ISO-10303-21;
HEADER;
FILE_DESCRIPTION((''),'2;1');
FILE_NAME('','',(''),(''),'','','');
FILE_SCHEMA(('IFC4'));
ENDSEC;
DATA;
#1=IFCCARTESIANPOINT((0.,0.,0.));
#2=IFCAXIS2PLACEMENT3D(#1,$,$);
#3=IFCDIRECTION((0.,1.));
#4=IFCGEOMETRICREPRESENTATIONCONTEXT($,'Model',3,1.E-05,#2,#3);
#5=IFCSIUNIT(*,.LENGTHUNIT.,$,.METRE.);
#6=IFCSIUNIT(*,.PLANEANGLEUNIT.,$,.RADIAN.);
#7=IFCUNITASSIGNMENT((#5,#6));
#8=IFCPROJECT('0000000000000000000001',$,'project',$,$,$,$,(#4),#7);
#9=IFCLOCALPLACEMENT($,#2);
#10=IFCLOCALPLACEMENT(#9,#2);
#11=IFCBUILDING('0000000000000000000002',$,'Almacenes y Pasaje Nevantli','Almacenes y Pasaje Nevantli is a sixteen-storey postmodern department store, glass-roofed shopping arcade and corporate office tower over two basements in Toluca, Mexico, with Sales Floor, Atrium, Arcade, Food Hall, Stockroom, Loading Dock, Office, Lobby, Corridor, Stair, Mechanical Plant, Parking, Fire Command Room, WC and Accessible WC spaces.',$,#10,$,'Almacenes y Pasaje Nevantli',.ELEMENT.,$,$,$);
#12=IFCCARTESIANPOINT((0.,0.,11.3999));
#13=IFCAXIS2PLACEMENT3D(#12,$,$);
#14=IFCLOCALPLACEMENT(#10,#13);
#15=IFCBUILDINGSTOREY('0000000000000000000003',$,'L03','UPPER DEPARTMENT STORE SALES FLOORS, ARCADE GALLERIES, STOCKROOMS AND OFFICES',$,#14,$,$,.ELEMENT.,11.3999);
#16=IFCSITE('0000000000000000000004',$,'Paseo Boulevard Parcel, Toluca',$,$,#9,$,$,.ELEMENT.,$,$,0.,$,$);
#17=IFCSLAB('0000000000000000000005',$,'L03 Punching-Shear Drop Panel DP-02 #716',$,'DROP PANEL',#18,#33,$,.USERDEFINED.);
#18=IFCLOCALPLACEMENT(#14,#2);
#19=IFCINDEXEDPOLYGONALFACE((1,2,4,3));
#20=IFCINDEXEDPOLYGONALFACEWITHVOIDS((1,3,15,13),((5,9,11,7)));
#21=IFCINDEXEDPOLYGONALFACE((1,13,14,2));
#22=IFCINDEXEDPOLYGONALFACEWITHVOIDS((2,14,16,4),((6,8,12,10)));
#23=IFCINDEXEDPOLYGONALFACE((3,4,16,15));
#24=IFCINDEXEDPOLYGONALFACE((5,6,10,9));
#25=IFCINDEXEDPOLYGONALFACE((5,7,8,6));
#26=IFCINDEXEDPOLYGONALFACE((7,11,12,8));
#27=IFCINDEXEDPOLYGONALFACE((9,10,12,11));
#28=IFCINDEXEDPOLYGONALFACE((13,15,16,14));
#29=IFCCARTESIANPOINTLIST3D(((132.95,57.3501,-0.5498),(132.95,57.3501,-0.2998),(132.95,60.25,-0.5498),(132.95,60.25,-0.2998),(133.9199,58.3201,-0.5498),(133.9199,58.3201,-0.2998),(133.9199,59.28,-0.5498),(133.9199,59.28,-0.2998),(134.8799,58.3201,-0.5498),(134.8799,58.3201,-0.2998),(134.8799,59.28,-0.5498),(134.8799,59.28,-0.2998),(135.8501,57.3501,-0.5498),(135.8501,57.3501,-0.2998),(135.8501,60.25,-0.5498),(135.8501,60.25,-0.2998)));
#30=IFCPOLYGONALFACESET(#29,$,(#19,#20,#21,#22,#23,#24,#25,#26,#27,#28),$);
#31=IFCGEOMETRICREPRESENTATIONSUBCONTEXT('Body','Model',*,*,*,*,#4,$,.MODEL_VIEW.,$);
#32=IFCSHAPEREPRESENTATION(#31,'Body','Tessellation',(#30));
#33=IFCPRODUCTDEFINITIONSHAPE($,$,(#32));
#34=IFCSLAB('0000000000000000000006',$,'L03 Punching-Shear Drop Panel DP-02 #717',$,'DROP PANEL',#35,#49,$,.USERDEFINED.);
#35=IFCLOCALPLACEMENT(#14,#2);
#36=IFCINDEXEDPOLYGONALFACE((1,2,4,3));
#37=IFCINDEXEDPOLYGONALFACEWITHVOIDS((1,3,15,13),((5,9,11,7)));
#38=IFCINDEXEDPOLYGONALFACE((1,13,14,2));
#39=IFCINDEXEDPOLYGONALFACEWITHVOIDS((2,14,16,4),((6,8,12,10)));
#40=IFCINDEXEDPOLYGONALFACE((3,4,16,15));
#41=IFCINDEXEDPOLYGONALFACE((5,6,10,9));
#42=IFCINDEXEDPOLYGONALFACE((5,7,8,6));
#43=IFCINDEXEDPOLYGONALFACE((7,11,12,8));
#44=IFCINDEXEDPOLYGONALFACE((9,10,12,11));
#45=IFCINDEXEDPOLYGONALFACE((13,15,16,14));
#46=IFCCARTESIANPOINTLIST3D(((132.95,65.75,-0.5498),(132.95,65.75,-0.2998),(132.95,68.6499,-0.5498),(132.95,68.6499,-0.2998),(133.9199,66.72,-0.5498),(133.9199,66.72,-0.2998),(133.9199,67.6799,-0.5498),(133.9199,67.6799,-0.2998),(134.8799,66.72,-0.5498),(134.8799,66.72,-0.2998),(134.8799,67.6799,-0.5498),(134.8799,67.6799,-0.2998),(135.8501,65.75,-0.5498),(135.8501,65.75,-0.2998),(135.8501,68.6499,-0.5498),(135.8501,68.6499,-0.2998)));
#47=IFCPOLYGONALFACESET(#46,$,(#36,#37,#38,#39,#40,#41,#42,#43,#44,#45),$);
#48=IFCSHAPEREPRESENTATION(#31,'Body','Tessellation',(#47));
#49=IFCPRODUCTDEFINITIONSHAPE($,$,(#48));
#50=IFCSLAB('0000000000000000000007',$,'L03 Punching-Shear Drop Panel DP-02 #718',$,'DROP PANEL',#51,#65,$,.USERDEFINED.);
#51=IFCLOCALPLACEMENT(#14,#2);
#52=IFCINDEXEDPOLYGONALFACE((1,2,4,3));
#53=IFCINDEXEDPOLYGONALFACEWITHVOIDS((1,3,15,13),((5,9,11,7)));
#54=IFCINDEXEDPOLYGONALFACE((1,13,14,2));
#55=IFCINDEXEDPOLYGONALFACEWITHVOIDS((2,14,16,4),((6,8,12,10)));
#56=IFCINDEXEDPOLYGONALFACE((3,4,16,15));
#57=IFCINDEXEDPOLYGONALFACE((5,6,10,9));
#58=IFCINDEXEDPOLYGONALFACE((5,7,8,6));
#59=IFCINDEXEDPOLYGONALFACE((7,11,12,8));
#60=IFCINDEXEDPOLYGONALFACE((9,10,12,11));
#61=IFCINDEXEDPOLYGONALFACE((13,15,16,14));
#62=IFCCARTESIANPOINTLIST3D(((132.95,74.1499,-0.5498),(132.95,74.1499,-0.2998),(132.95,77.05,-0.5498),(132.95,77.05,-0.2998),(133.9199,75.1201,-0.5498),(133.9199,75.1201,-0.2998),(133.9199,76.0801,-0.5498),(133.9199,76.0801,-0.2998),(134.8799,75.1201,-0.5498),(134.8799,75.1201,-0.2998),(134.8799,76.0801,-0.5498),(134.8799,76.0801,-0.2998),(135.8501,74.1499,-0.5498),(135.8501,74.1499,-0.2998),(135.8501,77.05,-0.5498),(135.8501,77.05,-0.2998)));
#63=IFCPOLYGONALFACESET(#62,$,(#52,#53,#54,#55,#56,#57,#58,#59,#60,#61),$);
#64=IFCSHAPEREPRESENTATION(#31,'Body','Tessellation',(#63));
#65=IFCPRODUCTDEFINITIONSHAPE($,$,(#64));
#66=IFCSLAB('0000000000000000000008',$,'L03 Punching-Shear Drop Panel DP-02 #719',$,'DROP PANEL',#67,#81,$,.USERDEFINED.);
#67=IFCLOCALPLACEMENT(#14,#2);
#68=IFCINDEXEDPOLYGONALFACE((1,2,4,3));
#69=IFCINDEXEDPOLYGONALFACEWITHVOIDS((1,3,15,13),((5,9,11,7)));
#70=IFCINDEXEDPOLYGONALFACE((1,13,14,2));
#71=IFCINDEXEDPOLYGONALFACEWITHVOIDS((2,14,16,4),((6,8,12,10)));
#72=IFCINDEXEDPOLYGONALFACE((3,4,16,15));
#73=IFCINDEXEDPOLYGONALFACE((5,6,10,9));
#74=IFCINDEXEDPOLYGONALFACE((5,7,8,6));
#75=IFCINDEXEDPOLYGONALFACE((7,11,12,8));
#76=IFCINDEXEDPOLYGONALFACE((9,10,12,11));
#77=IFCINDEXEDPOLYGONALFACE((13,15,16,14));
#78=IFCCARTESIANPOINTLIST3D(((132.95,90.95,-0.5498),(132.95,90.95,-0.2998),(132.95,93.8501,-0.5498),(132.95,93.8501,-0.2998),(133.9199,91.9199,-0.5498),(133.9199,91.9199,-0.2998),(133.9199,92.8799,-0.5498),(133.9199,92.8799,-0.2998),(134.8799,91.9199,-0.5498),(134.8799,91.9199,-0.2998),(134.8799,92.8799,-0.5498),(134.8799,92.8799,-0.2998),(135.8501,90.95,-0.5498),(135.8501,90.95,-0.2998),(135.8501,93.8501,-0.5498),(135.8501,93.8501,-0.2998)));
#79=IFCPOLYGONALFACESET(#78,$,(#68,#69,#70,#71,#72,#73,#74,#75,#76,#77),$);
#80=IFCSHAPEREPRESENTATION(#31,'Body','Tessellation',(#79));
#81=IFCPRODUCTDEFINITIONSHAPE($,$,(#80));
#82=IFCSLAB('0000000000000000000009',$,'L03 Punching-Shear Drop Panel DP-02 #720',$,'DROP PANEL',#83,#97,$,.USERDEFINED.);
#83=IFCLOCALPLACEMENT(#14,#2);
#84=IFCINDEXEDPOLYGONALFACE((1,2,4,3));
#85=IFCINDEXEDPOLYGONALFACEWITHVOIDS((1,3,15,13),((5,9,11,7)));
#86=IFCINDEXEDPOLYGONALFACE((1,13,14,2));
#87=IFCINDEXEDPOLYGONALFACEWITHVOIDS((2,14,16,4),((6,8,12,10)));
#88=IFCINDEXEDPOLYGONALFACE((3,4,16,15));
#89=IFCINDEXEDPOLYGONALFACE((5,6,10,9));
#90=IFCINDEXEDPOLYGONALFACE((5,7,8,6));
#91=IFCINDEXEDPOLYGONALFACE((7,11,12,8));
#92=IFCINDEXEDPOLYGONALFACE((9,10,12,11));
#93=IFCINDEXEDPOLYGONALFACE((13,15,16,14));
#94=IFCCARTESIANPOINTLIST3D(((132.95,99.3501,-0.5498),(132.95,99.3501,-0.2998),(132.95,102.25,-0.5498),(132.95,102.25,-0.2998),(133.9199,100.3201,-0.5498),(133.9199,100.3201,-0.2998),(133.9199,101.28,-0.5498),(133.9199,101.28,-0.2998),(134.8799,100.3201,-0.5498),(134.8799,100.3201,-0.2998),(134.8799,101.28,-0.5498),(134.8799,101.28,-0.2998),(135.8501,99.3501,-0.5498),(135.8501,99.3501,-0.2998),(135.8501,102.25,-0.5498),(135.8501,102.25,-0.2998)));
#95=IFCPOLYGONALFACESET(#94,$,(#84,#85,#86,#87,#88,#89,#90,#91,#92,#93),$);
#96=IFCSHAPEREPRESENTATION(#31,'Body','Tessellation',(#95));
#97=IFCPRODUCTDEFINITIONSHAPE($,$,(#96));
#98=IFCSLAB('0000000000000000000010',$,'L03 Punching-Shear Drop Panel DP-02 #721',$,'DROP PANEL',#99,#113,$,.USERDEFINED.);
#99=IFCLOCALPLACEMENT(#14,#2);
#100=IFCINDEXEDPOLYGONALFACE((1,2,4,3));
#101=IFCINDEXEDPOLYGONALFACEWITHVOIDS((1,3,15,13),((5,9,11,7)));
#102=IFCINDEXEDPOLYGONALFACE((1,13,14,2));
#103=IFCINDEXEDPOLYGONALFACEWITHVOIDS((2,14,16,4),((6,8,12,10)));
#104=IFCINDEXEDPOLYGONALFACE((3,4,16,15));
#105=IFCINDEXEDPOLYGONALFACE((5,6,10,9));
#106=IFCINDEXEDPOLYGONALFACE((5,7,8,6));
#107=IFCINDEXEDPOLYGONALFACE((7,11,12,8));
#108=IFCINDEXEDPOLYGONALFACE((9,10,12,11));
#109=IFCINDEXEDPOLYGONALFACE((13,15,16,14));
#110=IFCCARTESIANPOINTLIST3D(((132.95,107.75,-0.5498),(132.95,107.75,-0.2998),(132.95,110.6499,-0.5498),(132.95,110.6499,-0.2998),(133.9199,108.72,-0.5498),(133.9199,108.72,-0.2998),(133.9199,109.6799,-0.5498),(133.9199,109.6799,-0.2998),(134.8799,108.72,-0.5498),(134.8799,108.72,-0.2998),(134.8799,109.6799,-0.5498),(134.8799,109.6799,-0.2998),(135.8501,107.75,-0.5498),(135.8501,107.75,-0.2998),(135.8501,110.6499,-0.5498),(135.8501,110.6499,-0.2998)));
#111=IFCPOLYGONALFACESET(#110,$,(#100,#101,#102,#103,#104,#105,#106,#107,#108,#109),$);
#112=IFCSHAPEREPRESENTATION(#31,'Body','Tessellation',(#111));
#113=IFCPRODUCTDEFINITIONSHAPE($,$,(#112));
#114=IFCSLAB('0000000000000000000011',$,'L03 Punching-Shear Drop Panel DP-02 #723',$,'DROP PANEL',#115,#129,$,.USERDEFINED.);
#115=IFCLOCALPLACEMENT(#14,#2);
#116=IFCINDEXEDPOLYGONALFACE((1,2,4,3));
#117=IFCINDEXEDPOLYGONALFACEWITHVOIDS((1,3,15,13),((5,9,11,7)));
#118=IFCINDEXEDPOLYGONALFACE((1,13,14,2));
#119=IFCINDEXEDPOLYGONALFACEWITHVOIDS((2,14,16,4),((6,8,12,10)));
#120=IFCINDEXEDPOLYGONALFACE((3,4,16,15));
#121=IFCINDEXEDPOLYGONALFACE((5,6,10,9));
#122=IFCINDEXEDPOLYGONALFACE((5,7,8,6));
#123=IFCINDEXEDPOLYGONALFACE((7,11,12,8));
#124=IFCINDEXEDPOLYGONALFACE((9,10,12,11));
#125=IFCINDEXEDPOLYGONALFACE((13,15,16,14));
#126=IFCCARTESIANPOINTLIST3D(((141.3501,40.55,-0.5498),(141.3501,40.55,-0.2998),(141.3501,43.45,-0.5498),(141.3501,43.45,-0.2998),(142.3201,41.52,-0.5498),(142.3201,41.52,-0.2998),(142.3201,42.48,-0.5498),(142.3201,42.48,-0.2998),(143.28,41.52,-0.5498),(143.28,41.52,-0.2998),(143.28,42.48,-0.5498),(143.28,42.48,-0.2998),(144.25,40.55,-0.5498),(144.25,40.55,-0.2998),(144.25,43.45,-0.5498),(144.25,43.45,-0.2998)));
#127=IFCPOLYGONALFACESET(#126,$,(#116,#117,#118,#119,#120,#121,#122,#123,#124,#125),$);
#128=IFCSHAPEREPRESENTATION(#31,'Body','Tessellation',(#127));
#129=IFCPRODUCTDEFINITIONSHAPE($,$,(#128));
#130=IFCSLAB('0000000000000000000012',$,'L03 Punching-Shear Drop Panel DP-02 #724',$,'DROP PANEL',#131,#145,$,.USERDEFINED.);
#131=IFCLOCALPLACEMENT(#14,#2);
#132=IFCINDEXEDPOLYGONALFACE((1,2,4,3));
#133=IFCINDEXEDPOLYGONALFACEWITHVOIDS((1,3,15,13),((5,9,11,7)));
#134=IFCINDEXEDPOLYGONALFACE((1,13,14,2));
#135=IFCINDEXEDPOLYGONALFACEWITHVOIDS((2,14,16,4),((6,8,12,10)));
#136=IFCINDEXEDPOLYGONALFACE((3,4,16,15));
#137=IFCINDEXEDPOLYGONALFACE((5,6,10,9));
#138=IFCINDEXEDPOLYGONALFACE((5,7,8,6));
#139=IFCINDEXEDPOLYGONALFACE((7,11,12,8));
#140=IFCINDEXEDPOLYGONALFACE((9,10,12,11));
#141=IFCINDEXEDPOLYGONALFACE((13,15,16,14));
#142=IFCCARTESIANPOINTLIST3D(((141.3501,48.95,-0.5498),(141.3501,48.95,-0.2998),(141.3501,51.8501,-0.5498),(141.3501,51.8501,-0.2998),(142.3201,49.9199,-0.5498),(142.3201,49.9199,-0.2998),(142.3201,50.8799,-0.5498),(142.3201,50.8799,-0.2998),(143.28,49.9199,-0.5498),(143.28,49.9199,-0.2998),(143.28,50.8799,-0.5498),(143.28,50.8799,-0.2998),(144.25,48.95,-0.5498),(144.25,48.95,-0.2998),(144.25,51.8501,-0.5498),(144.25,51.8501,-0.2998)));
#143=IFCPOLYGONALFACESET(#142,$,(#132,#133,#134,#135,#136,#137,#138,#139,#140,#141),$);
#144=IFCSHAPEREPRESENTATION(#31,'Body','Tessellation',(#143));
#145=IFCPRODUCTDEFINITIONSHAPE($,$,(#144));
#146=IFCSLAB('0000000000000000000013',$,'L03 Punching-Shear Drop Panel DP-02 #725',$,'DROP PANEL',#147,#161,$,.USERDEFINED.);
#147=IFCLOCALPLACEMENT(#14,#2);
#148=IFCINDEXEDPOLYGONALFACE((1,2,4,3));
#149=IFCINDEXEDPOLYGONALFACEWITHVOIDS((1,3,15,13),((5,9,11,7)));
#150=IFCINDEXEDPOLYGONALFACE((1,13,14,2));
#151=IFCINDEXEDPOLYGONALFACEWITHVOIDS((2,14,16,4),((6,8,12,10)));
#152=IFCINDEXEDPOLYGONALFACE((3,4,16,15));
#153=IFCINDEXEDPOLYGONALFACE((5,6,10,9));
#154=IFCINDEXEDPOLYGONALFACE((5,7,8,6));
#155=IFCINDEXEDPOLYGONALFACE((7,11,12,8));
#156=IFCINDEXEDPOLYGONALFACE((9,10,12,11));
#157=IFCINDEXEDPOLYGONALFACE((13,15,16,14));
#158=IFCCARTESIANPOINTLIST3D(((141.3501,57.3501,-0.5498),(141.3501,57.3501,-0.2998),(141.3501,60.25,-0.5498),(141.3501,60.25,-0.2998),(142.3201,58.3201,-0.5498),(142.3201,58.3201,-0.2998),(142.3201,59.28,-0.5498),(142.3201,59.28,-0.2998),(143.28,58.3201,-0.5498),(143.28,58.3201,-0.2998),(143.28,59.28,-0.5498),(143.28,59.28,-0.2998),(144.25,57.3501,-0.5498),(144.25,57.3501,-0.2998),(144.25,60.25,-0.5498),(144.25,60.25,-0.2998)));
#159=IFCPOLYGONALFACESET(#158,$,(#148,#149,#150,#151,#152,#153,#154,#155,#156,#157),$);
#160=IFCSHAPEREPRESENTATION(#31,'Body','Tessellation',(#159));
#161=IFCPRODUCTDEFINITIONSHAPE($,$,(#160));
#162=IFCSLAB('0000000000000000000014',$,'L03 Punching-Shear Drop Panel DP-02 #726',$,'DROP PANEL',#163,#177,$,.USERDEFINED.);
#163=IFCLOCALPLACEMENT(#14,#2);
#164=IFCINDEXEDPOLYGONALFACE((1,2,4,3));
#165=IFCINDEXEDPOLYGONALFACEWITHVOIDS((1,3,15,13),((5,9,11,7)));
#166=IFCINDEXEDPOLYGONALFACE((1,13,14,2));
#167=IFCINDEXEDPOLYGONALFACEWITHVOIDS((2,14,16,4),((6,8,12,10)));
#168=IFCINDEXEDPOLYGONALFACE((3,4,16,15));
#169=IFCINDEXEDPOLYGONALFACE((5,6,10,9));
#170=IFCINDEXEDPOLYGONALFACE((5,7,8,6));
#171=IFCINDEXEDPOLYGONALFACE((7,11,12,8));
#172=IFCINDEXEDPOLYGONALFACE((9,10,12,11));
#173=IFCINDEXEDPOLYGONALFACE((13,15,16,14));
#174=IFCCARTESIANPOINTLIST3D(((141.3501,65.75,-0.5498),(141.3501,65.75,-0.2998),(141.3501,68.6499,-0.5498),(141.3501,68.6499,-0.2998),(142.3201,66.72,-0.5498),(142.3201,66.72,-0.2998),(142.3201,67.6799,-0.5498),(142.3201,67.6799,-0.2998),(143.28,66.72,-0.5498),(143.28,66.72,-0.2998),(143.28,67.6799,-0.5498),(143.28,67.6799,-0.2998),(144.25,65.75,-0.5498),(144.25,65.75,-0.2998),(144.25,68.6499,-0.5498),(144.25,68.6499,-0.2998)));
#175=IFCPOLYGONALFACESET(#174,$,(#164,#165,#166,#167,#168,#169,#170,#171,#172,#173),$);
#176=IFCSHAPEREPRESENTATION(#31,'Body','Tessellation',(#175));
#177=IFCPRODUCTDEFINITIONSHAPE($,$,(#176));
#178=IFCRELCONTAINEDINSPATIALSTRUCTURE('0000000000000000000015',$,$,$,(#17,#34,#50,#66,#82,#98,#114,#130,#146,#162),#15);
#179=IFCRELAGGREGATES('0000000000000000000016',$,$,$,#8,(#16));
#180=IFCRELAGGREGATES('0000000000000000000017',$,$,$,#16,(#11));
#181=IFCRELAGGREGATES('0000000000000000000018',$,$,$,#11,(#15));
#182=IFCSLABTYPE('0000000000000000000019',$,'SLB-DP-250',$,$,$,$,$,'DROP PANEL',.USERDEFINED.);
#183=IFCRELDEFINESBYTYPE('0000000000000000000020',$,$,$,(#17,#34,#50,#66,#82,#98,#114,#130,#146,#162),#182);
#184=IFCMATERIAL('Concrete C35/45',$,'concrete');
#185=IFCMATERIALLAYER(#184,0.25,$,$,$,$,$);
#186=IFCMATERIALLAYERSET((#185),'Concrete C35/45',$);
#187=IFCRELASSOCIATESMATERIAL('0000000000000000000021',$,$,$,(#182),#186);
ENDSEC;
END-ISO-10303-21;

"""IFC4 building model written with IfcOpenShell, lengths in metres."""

from ifc_helpers import new_model, si_unit, direction, frame, origin, place, context, subcontext, project, spatial, polyline, outline, extrude, material, layer, layer_set, type_object, element, save


model = new_model("IFC4")

# Units and contexts
model_context = context("Model", 3, precision=1e-05, world=origin(), true_north=direction((0.0, 1.0)))
body_context = subcontext(model_context, "Body", "Model", "MODEL_VIEW")
ifc_project = project(units=[si_unit("LENGTHUNIT", "METRE"), si_unit("PLANEANGLEUNIT", "RADIAN")], contexts=[model_context])

# Site, building, storey
site_placement = place(None, origin())
site = spatial("IfcSite", under=ifc_project, at=site_placement, Name="Paseo Boulevard Parcel, Toluca", CompositionType="ELEMENT", RefElevation=0.0)
building_placement = place(site_placement, origin())
building = spatial("IfcBuilding", under=site, at=building_placement, Name="Almacenes y Pasaje Nevantli", Description="Almacenes y Pasaje Nevantli is a sixteen-storey postmodern department store, glass-roofed shopping arcade and corporate office tower over two basements in Toluca, Mexico, with Sales Floor, Atrium, Arcade, Food Hall, Stockroom, Loading Dock, Office, Lobby, Corridor, Stair, Mechanical Plant, Parking, Fire Command Room, WC and Accessible WC spaces.", LongName="Almacenes y Pasaje Nevantli", CompositionType="ELEMENT")
storey_placement = place(building_placement, frame((0.0, 0.0, 11.3999)))
storey = spatial("IfcBuildingStorey", under=building, at=storey_placement, Name="L03", Description="UPPER DEPARTMENT STORE SALES FLOORS, ARCADE GALLERIES, STOCKROOMS AND OFFICES", CompositionType="ELEMENT", Elevation=11.3999)

# Slabs
ifc_material_1 = material(Name="Concrete C35/45", Category="concrete")
ifc_layer_1 = layer(ifc_material_1, 0.25)
ifc_layer_set_1 = layer_set([ifc_layer_1], Name="Concrete C35/45")
slab_type_1 = type_object("IfcSlabType", Name="SLB-DP-250", ElementType="DROP PANEL", PredefinedType="USERDEFINED", material=ifc_layer_set_1)
slab_1_placement = place(storey_placement, frame((0.0, 0.0, -0.5498)))
element("IfcSlab", 1, at=slab_1_placement, inside=storey, type_object=slab_type_1, Name="L03 Punching-Shear Drop Panel DP-02 #716", ObjectType="DROP PANEL", PredefinedType="USERDEFINED", context=body_context, shape_type="SweptSolid", body=[
    extrude(outline(polyline([(132.95, 57.3501), (135.8501, 57.3501), (135.8501, 60.25), (132.95, 60.25), (132.95, 57.3501)]), holes=[polyline([(133.9199, 58.3201), (134.8799, 58.3201), (134.8799, 59.28), (133.9199, 59.28), (133.9199, 58.3201)])]), origin(), (0.0, 0.0, 1.0), 0.25),
])
slab_2_placement = place(storey_placement, frame((0.0, 0.0, -0.5498)))
element("IfcSlab", 2, at=slab_2_placement, inside=storey, type_object=slab_type_1, Name="L03 Punching-Shear Drop Panel DP-02 #717", ObjectType="DROP PANEL", PredefinedType="USERDEFINED", context=body_context, shape_type="SweptSolid", body=[
    extrude(outline(polyline([(132.95, 65.75), (135.8501, 65.75), (135.8501, 68.6499), (132.95, 68.6499), (132.95, 65.75)]), holes=[polyline([(133.9199, 66.72), (134.8799, 66.72), (134.8799, 67.6799), (133.9199, 67.6799), (133.9199, 66.72)])]), origin(), (0.0, 0.0, 1.0), 0.25),
])
slab_3_placement = place(storey_placement, frame((0.0, 0.0, -0.5498)))
element("IfcSlab", 3, at=slab_3_placement, inside=storey, type_object=slab_type_1, Name="L03 Punching-Shear Drop Panel DP-02 #718", ObjectType="DROP PANEL", PredefinedType="USERDEFINED", context=body_context, shape_type="SweptSolid", body=[
    extrude(outline(polyline([(132.95, 74.1499), (135.8501, 74.1499), (135.8501, 77.05), (132.95, 77.05), (132.95, 74.1499)]), holes=[polyline([(133.9199, 75.1201), (134.8799, 75.1201), (134.8799, 76.0801), (133.9199, 76.0801), (133.9199, 75.1201)])]), origin(), (0.0, 0.0, 1.0), 0.25),
])
slab_4_placement = place(storey_placement, frame((0.0, 0.0, -0.5498)))
element("IfcSlab", 4, at=slab_4_placement, inside=storey, type_object=slab_type_1, Name="L03 Punching-Shear Drop Panel DP-02 #719", ObjectType="DROP PANEL", PredefinedType="USERDEFINED", context=body_context, shape_type="SweptSolid", body=[
    extrude(outline(polyline([(132.95, 90.95), (135.8501, 90.95), (135.8501, 93.8501), (132.95, 93.8501), (132.95, 90.95)]), holes=[polyline([(133.9199, 91.9199), (134.8799, 91.9199), (134.8799, 92.8799), (133.9199, 92.8799), (133.9199, 91.9199)])]), origin(), (0.0, 0.0, 1.0), 0.25),
])
slab_5_placement = place(storey_placement, frame((0.0, 0.0, -0.5498)))
element("IfcSlab", 5, at=slab_5_placement, inside=storey, type_object=slab_type_1, Name="L03 Punching-Shear Drop Panel DP-02 #720", ObjectType="DROP PANEL", PredefinedType="USERDEFINED", context=body_context, shape_type="SweptSolid", body=[
    extrude(outline(polyline([(132.95, 99.3501), (135.8501, 99.3501), (135.8501, 102.25), (132.95, 102.25), (132.95, 99.3501)]), holes=[polyline([(133.9199, 100.3201), (134.8799, 100.3201), (134.8799, 101.28), (133.9199, 101.28), (133.9199, 100.3201)])]), origin(), (0.0, 0.0, 1.0), 0.25),
])
slab_6_placement = place(storey_placement, frame((0.0, 0.0, -0.5498)))
element("IfcSlab", 6, at=slab_6_placement, inside=storey, type_object=slab_type_1, Name="L03 Punching-Shear Drop Panel DP-02 #721", ObjectType="DROP PANEL", PredefinedType="USERDEFINED", context=body_context, shape_type="SweptSolid", body=[
    extrude(outline(polyline([(132.95, 107.75), (135.8501, 107.75), (135.8501, 110.6499), (132.95, 110.6499), (132.95, 107.75)]), holes=[polyline([(133.9199, 108.72), (134.8799, 108.72), (134.8799, 109.6799), (133.9199, 109.6799), (133.9199, 108.72)])]), origin(), (0.0, 0.0, 1.0), 0.25),
])
slab_7_placement = place(storey_placement, frame((0.0, 0.0, -0.5498)))
element("IfcSlab", 7, at=slab_7_placement, inside=storey, type_object=slab_type_1, Name="L03 Punching-Shear Drop Panel DP-02 #723", ObjectType="DROP PANEL", PredefinedType="USERDEFINED", context=body_context, shape_type="SweptSolid", body=[
    extrude(outline(polyline([(141.3501, 40.55), (144.25, 40.55), (144.25, 43.45), (141.3501, 43.45), (141.3501, 40.55)]), holes=[polyline([(142.3201, 41.52), (143.28, 41.52), (143.28, 42.48), (142.3201, 42.48), (142.3201, 41.52)])]), origin(), (0.0, 0.0, 1.0), 0.25),
])
slab_8_placement = place(storey_placement, frame((0.0, 0.0, -0.5498)))
element("IfcSlab", 8, at=slab_8_placement, inside=storey, type_object=slab_type_1, Name="L03 Punching-Shear Drop Panel DP-02 #724", ObjectType="DROP PANEL", PredefinedType="USERDEFINED", context=body_context, shape_type="SweptSolid", body=[
    extrude(outline(polyline([(141.3501, 48.95), (144.25, 48.95), (144.25, 51.8501), (141.3501, 51.8501), (141.3501, 48.95)]), holes=[polyline([(142.3201, 49.9199), (143.28, 49.9199), (143.28, 50.8799), (142.3201, 50.8799), (142.3201, 49.9199)])]), origin(), (0.0, 0.0, 1.0), 0.25),
])
slab_9_placement = place(storey_placement, frame((0.0, 0.0, -0.5498)))
element("IfcSlab", 9, at=slab_9_placement, inside=storey, type_object=slab_type_1, Name="L03 Punching-Shear Drop Panel DP-02 #725", ObjectType="DROP PANEL", PredefinedType="USERDEFINED", context=body_context, shape_type="SweptSolid", body=[
    extrude(outline(polyline([(141.3501, 57.3501), (144.25, 57.3501), (144.25, 60.25), (141.3501, 60.25), (141.3501, 57.3501)]), holes=[polyline([(142.3201, 58.3201), (143.28, 58.3201), (143.28, 59.28), (142.3201, 59.28), (142.3201, 58.3201)])]), origin(), (0.0, 0.0, 1.0), 0.25),
])
slab_10_placement = place(storey_placement, frame((0.0, 0.0, -0.5498)))
element("IfcSlab", 10, at=slab_10_placement, inside=storey, type_object=slab_type_1, Name="L03 Punching-Shear Drop Panel DP-02 #726", ObjectType="DROP PANEL", PredefinedType="USERDEFINED", context=body_context, shape_type="SweptSolid", body=[
    extrude(outline(polyline([(141.3501, 65.75), (144.25, 65.75), (144.25, 68.6499), (141.3501, 68.6499), (141.3501, 65.75)]), holes=[polyline([(142.3201, 66.72), (143.28, 66.72), (143.28, 67.6799), (142.3201, 67.6799), (142.3201, 66.72)])]), origin(), (0.0, 0.0, 1.0), 0.25),
])

save(model, "model.ifc")
